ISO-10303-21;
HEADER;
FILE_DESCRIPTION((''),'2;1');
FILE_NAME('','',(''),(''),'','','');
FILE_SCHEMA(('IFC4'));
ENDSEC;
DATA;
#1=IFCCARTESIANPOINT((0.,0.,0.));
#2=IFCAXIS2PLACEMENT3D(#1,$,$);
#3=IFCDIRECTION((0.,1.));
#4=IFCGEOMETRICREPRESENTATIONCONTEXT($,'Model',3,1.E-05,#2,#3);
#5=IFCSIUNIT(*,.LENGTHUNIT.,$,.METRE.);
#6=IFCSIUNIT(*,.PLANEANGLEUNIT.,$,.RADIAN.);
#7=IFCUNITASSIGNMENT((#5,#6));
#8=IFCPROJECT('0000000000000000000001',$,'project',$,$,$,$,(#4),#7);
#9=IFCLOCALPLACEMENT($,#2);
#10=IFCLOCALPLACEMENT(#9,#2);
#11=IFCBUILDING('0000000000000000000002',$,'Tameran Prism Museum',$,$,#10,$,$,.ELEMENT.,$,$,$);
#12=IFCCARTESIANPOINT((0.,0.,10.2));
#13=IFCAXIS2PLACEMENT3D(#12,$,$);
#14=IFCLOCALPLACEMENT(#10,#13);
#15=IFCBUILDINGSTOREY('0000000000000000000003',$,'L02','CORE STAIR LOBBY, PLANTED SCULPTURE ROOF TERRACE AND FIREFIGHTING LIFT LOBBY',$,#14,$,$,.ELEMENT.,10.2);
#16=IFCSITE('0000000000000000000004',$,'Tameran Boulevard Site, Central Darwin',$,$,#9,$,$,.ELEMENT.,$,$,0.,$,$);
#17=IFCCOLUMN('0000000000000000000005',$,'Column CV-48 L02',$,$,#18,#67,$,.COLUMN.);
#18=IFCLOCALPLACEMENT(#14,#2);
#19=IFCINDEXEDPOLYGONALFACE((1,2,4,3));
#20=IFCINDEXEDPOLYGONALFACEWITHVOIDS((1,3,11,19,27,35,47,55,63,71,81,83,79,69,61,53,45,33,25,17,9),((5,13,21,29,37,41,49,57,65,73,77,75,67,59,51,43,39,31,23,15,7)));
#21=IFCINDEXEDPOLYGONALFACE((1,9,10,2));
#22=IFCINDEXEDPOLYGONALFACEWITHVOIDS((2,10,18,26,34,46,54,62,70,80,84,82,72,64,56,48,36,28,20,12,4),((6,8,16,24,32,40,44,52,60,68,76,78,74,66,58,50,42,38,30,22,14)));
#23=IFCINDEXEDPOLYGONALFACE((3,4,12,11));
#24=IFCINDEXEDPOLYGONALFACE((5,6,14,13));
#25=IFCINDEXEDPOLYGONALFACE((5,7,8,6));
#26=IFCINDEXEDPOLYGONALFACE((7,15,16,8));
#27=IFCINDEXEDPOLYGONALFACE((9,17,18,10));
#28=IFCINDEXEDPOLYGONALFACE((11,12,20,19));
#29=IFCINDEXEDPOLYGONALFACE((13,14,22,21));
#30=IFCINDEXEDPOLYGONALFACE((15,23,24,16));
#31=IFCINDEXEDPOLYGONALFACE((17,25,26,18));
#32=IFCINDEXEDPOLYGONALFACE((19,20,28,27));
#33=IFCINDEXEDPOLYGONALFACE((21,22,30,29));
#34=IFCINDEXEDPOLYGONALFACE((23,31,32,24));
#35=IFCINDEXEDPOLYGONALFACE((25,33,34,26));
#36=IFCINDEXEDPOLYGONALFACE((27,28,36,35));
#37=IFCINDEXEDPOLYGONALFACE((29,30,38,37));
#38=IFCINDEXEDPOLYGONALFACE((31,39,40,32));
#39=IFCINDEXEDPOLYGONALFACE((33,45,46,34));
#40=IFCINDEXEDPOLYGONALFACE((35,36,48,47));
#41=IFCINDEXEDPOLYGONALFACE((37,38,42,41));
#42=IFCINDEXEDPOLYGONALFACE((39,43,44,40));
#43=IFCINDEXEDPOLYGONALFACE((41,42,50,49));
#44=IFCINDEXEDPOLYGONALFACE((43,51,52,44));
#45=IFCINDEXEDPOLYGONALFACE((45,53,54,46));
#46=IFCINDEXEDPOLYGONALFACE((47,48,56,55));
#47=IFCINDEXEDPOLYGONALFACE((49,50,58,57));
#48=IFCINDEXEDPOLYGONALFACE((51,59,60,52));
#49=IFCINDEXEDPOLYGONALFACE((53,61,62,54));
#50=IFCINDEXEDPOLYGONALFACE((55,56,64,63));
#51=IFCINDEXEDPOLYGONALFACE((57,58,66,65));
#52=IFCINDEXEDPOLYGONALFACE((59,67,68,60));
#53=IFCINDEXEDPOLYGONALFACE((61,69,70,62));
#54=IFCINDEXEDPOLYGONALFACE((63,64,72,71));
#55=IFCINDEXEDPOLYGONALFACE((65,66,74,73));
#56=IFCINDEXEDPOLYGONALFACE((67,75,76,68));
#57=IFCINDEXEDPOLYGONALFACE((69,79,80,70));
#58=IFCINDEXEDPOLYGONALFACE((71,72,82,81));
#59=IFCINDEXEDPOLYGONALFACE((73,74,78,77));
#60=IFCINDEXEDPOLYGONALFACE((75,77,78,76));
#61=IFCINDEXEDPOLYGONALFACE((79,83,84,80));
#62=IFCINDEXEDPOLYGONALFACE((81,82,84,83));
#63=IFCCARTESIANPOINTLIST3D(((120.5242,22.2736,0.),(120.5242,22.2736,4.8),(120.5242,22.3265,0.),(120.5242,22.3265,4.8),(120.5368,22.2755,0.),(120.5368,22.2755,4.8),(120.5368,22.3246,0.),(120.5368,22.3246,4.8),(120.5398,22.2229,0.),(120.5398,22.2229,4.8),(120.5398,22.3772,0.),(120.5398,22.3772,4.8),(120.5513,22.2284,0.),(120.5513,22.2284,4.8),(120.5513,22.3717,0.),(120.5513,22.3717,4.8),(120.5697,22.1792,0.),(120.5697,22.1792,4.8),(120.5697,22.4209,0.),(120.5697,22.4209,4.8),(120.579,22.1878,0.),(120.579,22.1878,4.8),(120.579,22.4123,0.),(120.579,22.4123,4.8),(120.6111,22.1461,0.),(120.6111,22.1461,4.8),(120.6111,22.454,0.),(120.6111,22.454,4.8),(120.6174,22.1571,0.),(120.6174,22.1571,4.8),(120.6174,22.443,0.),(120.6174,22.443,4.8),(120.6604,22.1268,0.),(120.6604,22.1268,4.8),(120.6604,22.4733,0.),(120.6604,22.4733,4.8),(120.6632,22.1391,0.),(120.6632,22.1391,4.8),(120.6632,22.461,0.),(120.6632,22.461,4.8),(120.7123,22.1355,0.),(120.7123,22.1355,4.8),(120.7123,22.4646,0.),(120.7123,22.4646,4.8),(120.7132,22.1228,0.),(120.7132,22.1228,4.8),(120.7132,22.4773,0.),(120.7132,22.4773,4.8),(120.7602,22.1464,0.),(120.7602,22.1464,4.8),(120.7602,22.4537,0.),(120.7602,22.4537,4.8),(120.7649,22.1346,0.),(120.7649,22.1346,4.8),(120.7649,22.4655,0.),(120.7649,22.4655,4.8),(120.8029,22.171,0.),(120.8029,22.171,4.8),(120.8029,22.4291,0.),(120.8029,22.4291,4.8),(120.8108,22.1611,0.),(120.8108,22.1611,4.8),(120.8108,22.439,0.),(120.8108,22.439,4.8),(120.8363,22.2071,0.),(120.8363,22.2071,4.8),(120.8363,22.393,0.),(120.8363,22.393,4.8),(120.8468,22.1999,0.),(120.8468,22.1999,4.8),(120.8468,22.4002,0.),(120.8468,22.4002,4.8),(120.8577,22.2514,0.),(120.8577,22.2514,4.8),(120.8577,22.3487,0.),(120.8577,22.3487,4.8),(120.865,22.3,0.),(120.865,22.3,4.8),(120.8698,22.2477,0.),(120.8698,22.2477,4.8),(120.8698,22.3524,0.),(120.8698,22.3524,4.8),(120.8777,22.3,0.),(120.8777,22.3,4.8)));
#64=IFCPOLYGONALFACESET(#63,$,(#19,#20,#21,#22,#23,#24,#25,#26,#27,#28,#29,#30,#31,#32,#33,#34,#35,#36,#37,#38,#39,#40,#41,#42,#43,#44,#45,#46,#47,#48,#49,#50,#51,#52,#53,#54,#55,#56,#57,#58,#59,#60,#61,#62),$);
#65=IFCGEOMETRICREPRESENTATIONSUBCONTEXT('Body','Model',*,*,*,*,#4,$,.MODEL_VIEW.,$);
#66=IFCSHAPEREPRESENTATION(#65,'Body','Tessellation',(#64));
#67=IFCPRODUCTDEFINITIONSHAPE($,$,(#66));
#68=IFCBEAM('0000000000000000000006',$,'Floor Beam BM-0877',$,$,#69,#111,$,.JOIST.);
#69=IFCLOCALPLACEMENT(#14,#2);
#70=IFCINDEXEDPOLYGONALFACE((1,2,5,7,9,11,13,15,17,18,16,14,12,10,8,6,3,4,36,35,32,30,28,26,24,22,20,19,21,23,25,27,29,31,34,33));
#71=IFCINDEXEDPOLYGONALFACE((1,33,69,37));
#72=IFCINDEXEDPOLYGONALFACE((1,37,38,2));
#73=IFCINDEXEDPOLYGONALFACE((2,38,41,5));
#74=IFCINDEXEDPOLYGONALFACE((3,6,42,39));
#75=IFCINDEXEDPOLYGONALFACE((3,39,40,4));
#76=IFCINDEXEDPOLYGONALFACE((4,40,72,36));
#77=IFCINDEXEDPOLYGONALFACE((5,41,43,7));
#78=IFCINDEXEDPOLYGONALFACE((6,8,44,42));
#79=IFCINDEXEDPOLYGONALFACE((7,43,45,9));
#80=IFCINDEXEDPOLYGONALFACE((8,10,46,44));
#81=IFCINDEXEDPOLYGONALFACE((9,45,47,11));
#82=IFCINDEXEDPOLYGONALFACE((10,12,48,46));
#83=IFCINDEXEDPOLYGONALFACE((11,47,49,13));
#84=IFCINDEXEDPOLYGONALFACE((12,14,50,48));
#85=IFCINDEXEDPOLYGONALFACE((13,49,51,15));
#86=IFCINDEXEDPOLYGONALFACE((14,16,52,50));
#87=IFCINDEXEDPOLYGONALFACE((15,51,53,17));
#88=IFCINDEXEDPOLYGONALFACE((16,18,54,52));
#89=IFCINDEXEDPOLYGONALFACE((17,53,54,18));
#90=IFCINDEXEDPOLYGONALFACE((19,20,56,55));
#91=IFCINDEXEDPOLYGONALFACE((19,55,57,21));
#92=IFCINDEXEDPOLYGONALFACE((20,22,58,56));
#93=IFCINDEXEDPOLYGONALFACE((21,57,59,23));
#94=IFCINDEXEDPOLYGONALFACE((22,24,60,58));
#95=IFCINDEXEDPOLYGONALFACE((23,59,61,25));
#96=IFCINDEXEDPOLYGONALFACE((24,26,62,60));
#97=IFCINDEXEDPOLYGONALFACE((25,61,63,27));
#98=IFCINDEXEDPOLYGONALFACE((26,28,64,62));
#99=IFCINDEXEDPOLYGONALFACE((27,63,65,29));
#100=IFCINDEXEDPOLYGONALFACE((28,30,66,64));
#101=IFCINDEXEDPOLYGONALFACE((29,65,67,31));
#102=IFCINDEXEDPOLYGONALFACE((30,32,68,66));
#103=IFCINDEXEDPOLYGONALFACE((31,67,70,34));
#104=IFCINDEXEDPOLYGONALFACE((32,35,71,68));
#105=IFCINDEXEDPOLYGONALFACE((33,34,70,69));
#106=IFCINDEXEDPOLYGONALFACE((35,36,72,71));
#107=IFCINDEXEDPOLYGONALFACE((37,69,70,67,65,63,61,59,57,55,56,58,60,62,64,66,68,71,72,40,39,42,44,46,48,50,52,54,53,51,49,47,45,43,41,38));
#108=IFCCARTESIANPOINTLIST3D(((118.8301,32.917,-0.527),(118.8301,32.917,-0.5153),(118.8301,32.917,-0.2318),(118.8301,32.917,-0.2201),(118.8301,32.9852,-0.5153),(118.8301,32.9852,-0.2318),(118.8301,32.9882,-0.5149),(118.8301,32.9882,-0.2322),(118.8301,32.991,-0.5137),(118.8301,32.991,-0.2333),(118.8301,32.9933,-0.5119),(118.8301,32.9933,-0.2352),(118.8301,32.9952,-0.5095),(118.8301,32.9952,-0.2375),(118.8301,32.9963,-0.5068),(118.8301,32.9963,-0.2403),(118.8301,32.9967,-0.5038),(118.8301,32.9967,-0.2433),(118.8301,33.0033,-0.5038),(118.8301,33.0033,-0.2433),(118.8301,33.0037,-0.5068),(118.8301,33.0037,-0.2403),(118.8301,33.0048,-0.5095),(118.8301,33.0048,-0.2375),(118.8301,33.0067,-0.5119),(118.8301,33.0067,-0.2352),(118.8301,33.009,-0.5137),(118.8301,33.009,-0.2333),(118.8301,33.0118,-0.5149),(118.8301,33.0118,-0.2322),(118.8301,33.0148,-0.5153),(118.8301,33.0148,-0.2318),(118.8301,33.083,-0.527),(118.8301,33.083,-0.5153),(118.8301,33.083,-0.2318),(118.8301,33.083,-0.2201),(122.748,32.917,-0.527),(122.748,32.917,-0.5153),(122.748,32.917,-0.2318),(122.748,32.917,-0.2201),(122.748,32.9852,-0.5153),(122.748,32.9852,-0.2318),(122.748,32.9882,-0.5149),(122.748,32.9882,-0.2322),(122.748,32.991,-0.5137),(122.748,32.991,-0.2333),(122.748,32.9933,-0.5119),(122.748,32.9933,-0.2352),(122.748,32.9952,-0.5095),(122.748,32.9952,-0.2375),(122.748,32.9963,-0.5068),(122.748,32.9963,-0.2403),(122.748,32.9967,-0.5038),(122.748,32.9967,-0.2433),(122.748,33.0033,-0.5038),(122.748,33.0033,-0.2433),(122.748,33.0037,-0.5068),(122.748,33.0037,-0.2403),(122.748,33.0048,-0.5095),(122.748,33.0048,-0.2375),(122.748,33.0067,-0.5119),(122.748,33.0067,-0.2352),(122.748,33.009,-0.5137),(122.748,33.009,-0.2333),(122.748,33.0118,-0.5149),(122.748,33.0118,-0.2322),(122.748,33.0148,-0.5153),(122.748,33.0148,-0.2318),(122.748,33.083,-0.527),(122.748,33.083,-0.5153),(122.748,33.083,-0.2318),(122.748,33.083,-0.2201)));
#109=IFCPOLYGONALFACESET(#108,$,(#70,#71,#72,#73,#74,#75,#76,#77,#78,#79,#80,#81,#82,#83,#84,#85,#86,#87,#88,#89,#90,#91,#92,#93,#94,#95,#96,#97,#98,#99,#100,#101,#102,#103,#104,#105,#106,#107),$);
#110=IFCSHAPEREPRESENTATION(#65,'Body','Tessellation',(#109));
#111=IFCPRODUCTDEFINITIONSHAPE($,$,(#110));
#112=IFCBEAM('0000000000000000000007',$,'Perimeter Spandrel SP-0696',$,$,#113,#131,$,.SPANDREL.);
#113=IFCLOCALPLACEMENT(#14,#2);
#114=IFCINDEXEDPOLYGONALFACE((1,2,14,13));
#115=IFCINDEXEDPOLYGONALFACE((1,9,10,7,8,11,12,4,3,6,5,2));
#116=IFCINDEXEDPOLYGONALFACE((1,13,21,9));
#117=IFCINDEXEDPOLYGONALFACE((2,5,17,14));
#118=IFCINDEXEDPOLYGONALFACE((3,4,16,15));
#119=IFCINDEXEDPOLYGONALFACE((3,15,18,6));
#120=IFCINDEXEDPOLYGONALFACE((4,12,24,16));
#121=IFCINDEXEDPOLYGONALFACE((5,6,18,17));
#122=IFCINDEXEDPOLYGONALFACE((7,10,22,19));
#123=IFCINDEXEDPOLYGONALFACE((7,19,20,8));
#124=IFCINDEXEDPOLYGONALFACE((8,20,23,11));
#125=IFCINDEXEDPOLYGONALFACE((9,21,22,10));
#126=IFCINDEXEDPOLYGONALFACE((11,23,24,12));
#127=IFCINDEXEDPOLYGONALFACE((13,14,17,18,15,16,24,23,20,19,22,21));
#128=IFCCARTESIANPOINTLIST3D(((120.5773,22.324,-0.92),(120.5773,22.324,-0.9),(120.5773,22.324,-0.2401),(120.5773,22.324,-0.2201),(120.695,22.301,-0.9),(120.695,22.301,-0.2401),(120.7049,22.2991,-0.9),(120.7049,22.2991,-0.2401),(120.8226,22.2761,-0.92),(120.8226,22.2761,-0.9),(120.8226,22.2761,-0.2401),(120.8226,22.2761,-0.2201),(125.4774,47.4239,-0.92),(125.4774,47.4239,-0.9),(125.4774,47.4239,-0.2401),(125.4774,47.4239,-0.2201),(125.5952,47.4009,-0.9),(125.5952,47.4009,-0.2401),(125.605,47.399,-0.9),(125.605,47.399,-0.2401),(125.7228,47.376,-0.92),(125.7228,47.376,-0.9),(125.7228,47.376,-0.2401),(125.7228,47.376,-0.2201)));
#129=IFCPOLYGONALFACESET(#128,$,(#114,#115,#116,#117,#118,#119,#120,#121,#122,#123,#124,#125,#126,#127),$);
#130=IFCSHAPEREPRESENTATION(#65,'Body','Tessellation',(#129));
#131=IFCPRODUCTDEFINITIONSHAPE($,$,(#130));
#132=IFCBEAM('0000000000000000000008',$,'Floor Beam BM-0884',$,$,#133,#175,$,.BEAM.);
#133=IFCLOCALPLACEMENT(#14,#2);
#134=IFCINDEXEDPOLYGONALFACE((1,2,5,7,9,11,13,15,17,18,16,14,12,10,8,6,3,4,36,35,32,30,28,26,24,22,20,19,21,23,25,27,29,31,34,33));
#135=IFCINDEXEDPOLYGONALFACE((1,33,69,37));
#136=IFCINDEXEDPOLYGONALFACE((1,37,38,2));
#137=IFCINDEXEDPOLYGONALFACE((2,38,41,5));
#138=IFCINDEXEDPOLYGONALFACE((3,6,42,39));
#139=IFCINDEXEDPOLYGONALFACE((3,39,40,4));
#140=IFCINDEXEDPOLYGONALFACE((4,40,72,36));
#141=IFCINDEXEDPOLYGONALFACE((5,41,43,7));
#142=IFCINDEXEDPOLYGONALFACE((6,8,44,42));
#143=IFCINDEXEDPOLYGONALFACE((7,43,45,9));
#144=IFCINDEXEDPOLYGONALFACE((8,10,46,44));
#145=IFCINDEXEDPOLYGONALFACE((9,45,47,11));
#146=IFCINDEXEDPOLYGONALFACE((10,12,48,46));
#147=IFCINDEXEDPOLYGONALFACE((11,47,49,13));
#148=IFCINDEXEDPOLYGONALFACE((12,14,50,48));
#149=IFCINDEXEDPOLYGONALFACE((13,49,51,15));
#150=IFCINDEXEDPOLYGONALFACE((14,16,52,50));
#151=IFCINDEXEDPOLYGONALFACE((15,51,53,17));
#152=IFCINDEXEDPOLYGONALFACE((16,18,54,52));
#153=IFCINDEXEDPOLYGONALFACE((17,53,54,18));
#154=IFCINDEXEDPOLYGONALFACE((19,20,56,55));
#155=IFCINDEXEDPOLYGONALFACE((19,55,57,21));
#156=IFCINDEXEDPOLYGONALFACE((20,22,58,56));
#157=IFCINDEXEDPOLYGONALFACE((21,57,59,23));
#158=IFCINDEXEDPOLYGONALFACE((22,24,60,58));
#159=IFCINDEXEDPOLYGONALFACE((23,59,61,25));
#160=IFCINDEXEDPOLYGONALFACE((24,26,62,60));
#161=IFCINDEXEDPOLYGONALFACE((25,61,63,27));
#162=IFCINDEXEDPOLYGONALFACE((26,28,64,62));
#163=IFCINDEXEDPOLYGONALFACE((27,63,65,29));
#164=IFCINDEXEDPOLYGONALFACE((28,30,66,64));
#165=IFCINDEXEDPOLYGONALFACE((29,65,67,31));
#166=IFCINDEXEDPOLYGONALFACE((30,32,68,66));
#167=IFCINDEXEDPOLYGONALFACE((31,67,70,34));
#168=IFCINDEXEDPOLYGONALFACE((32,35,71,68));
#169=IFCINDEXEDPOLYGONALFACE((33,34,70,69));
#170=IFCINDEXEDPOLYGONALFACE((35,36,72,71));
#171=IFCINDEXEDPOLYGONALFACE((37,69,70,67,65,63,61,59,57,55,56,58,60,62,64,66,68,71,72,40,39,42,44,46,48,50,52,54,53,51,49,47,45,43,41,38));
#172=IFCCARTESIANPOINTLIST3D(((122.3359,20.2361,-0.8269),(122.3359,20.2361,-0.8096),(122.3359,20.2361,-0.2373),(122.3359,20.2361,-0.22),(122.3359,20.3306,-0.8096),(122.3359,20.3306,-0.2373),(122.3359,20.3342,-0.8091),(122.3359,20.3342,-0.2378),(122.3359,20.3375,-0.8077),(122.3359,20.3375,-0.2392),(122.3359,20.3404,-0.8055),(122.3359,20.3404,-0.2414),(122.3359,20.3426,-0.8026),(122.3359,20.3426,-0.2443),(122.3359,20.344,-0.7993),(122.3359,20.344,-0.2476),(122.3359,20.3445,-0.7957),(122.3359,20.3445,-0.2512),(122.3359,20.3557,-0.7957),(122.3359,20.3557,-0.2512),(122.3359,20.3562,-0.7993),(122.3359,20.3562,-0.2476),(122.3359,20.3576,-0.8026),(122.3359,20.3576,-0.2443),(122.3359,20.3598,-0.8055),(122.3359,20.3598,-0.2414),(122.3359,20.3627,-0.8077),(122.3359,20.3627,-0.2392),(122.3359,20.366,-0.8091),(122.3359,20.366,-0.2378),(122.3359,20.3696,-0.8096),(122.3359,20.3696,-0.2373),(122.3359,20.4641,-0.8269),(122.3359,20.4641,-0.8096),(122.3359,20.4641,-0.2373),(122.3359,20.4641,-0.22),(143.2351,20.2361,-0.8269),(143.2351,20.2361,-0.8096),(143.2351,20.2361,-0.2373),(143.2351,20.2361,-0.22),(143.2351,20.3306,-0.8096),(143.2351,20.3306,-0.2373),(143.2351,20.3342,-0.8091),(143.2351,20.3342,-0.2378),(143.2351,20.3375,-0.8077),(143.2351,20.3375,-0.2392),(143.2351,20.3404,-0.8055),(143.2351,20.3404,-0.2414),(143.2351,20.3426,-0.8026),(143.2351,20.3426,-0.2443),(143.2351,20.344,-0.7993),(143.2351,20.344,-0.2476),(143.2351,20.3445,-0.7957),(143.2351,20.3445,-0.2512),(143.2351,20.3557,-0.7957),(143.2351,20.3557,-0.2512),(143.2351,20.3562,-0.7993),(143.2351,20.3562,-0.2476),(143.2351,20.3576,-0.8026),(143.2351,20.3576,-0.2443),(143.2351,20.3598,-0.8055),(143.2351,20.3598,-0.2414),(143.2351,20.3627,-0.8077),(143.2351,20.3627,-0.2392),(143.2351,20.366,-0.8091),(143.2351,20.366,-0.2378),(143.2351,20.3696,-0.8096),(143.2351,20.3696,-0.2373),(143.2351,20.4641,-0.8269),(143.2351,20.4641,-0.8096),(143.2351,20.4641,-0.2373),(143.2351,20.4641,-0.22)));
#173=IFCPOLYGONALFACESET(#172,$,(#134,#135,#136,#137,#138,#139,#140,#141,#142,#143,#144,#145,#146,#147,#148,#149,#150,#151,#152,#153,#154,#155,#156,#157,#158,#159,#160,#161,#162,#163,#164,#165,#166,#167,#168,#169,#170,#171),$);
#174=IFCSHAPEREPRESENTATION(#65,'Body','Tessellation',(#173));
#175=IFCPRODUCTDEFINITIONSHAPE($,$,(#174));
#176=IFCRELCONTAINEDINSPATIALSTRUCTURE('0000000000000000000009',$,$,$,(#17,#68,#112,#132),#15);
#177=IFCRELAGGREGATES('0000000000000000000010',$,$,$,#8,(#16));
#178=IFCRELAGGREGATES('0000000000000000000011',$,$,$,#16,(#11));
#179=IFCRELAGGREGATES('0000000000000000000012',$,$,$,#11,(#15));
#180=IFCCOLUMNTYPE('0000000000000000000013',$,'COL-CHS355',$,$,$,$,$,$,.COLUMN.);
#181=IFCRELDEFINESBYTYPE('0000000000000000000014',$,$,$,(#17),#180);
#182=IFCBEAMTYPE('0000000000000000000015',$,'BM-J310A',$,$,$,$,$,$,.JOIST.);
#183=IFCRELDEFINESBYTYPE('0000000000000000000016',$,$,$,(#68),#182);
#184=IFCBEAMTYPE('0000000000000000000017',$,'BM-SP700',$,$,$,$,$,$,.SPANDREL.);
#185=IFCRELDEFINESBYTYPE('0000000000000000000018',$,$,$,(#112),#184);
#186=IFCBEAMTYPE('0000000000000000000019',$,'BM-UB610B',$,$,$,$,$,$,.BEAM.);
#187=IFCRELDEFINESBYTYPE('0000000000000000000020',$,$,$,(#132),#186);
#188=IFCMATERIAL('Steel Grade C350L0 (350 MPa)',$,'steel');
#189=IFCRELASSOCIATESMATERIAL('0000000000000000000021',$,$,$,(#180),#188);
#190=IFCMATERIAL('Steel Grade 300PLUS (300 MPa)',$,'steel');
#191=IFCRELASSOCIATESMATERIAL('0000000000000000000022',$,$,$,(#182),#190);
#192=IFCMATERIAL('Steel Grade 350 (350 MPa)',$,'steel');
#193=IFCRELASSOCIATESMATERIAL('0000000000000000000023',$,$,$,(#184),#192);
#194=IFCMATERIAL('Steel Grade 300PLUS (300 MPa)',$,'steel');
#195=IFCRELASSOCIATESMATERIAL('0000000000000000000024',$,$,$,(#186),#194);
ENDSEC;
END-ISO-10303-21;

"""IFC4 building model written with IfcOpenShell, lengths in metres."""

from ifc_helpers import new_model, si_unit, direction, frame, origin, origin_2d, place, context, subcontext, project, spatial, hollow_circle, i_section, extrude, material, material_profile, profile_set, type_object, element, save


model = new_model("IFC4")

# Units and contexts
model_context = context("Model", 3, precision=1e-05, world=origin(), true_north=direction((0.0, 1.0)))
body_context = subcontext(model_context, "Body", "Model", "MODEL_VIEW")
ifc_project = project(units=[si_unit("LENGTHUNIT", "METRE"), si_unit("PLANEANGLEUNIT", "RADIAN")], contexts=[model_context])

# Site, building, storey
site_placement = place(None, origin())
site = spatial("IfcSite", under=ifc_project, at=site_placement, Name="Tameran Boulevard Site, Central Darwin", CompositionType="ELEMENT", RefElevation=0.0)
building_placement = place(site_placement, origin())
building = spatial("IfcBuilding", under=site, at=building_placement, Name="Tameran Prism Museum", CompositionType="ELEMENT")
storey_placement = place(building_placement, frame((0.0, 0.0, 10.2)))
storey = spatial("IfcBuildingStorey", under=building, at=storey_placement, Name="L02", Description="CORE STAIR LOBBY, PLANTED SCULPTURE ROOF TERRACE AND FIREFIGHTING LIFT LOBBY", CompositionType="ELEMENT", Elevation=10.2)

# Column
ifc_material_1 = material(Name="Steel Grade C350L0 (350 MPa)", Category="steel")
ifc_material_profile_1 = material_profile(ifc_material_1, hollow_circle(Radius=0.1777, WallThickness=0.0127, at=origin_2d()))
ifc_profile_set_1 = profile_set([ifc_material_profile_1])
column_type = type_object("IfcColumnType", Name="COL-CHS355", PredefinedType="COLUMN", material=ifc_profile_set_1)
column_placement = place(storey_placement, frame((120.7, 22.3, 0.0), z_axis=(0.0, 0.0, 1.0), x_axis=(1.0, 0.0, 0.0)))
element("IfcColumn", 1, at=column_placement, inside=storey, type_object=column_type, Name="Column CV-48 L02", PredefinedType="COLUMN", context=body_context, shape_type="SweptSolid", body=[
    extrude(hollow_circle(Radius=0.1777, WallThickness=0.0127, at=origin_2d()), origin(), (0.0, 0.0, 1.0), 4.8),
])

# Beams
ifc_material_2 = material(Name="Steel Grade 300PLUS (300 MPa)", Category="steel")
ifc_material_profile_2 = material_profile(ifc_material_2, i_section(OverallWidth=0.166, OverallDepth=0.3069, WebThickness=0.0066, FlangeThickness=0.0117, FilletRadius=0.0115, at=origin_2d()))
ifc_profile_set_2 = profile_set([ifc_material_profile_2])
beam_type_1 = type_object("IfcBeamType", Name="BM-J310A", PredefinedType="JOIST", material=ifc_profile_set_2)
beam_1_placement = place(storey_placement, frame((118.8301, 33.0, -0.3735), z_axis=(1.0, 0.0, 0.0), x_axis=(0.0, 1.0, 0.0)))
element("IfcBeam", 2, at=beam_1_placement, inside=storey, type_object=beam_type_1, Name="Floor Beam BM-0877", PredefinedType="JOIST", context=body_context, shape_type="SweptSolid", body=[
    extrude(i_section(OverallWidth=0.166, OverallDepth=0.3069, WebThickness=0.0066, FlangeThickness=0.0117, FilletRadius=0.0115, at=origin_2d()), origin(), (0.0, 0.0, 1.0), 3.918),
])
ifc_material_3 = material(Name="Steel Grade 350 (350 MPa)", Category="steel")
ifc_material_profile_3 = material_profile(ifc_material_3, i_section(OverallWidth=0.25, OverallDepth=0.7, WebThickness=0.01, FlangeThickness=0.02, at=origin_2d()))
ifc_profile_set_3 = profile_set([ifc_material_profile_3])
beam_type_2 = type_object("IfcBeamType", Name="BM-SP700", PredefinedType="SPANDREL", material=ifc_profile_set_3)
beam_2_placement = place(storey_placement, frame((120.7, 22.3, -0.5701), z_axis=(0.191609, 0.981471, 0.0), x_axis=(-0.981471, 0.191609, 0.0)))
element("IfcBeam", 3, at=beam_2_placement, inside=storey, type_object=beam_type_2, Name="Perimeter Spandrel SP-0696", PredefinedType="SPANDREL", context=body_context, shape_type="SweptSolid", body=[
    extrude(i_section(OverallWidth=0.25, OverallDepth=0.7, WebThickness=0.01, FlangeThickness=0.02, at=origin_2d()), origin(), (0.0, 0.0, 1.0), 25.5737),
])
ifc_material_4 = material(Name="Steel Grade 300PLUS (300 MPa)", Category="steel")
ifc_material_profile_4 = material_profile(ifc_material_4, i_section(OverallWidth=0.228, OverallDepth=0.6069, WebThickness=0.0112, FlangeThickness=0.0173, FilletRadius=0.0139, at=origin_2d()))
ifc_profile_set_4 = profile_set([ifc_material_profile_4])
beam_type_3 = type_object("IfcBeamType", Name="BM-UB610B", PredefinedType="BEAM", material=ifc_profile_set_4)
beam_3_placement = place(storey_placement, frame((122.3359, 20.3501, -0.5234), z_axis=(1.0, 0.0, 0.0), x_axis=(0.0, 1.0, 0.0)))
element("IfcBeam", 4, at=beam_3_placement, inside=storey, type_object=beam_type_3, Name="Floor Beam BM-0884", PredefinedType="BEAM", context=body_context, shape_type="SweptSolid", body=[
    extrude(i_section(OverallWidth=0.228, OverallDepth=0.6069, WebThickness=0.0112, FlangeThickness=0.0173, FilletRadius=0.0139, at=origin_2d()), origin(), (0.0, 0.0, 1.0), 20.8992),
])

save(model, "model.ifc")
